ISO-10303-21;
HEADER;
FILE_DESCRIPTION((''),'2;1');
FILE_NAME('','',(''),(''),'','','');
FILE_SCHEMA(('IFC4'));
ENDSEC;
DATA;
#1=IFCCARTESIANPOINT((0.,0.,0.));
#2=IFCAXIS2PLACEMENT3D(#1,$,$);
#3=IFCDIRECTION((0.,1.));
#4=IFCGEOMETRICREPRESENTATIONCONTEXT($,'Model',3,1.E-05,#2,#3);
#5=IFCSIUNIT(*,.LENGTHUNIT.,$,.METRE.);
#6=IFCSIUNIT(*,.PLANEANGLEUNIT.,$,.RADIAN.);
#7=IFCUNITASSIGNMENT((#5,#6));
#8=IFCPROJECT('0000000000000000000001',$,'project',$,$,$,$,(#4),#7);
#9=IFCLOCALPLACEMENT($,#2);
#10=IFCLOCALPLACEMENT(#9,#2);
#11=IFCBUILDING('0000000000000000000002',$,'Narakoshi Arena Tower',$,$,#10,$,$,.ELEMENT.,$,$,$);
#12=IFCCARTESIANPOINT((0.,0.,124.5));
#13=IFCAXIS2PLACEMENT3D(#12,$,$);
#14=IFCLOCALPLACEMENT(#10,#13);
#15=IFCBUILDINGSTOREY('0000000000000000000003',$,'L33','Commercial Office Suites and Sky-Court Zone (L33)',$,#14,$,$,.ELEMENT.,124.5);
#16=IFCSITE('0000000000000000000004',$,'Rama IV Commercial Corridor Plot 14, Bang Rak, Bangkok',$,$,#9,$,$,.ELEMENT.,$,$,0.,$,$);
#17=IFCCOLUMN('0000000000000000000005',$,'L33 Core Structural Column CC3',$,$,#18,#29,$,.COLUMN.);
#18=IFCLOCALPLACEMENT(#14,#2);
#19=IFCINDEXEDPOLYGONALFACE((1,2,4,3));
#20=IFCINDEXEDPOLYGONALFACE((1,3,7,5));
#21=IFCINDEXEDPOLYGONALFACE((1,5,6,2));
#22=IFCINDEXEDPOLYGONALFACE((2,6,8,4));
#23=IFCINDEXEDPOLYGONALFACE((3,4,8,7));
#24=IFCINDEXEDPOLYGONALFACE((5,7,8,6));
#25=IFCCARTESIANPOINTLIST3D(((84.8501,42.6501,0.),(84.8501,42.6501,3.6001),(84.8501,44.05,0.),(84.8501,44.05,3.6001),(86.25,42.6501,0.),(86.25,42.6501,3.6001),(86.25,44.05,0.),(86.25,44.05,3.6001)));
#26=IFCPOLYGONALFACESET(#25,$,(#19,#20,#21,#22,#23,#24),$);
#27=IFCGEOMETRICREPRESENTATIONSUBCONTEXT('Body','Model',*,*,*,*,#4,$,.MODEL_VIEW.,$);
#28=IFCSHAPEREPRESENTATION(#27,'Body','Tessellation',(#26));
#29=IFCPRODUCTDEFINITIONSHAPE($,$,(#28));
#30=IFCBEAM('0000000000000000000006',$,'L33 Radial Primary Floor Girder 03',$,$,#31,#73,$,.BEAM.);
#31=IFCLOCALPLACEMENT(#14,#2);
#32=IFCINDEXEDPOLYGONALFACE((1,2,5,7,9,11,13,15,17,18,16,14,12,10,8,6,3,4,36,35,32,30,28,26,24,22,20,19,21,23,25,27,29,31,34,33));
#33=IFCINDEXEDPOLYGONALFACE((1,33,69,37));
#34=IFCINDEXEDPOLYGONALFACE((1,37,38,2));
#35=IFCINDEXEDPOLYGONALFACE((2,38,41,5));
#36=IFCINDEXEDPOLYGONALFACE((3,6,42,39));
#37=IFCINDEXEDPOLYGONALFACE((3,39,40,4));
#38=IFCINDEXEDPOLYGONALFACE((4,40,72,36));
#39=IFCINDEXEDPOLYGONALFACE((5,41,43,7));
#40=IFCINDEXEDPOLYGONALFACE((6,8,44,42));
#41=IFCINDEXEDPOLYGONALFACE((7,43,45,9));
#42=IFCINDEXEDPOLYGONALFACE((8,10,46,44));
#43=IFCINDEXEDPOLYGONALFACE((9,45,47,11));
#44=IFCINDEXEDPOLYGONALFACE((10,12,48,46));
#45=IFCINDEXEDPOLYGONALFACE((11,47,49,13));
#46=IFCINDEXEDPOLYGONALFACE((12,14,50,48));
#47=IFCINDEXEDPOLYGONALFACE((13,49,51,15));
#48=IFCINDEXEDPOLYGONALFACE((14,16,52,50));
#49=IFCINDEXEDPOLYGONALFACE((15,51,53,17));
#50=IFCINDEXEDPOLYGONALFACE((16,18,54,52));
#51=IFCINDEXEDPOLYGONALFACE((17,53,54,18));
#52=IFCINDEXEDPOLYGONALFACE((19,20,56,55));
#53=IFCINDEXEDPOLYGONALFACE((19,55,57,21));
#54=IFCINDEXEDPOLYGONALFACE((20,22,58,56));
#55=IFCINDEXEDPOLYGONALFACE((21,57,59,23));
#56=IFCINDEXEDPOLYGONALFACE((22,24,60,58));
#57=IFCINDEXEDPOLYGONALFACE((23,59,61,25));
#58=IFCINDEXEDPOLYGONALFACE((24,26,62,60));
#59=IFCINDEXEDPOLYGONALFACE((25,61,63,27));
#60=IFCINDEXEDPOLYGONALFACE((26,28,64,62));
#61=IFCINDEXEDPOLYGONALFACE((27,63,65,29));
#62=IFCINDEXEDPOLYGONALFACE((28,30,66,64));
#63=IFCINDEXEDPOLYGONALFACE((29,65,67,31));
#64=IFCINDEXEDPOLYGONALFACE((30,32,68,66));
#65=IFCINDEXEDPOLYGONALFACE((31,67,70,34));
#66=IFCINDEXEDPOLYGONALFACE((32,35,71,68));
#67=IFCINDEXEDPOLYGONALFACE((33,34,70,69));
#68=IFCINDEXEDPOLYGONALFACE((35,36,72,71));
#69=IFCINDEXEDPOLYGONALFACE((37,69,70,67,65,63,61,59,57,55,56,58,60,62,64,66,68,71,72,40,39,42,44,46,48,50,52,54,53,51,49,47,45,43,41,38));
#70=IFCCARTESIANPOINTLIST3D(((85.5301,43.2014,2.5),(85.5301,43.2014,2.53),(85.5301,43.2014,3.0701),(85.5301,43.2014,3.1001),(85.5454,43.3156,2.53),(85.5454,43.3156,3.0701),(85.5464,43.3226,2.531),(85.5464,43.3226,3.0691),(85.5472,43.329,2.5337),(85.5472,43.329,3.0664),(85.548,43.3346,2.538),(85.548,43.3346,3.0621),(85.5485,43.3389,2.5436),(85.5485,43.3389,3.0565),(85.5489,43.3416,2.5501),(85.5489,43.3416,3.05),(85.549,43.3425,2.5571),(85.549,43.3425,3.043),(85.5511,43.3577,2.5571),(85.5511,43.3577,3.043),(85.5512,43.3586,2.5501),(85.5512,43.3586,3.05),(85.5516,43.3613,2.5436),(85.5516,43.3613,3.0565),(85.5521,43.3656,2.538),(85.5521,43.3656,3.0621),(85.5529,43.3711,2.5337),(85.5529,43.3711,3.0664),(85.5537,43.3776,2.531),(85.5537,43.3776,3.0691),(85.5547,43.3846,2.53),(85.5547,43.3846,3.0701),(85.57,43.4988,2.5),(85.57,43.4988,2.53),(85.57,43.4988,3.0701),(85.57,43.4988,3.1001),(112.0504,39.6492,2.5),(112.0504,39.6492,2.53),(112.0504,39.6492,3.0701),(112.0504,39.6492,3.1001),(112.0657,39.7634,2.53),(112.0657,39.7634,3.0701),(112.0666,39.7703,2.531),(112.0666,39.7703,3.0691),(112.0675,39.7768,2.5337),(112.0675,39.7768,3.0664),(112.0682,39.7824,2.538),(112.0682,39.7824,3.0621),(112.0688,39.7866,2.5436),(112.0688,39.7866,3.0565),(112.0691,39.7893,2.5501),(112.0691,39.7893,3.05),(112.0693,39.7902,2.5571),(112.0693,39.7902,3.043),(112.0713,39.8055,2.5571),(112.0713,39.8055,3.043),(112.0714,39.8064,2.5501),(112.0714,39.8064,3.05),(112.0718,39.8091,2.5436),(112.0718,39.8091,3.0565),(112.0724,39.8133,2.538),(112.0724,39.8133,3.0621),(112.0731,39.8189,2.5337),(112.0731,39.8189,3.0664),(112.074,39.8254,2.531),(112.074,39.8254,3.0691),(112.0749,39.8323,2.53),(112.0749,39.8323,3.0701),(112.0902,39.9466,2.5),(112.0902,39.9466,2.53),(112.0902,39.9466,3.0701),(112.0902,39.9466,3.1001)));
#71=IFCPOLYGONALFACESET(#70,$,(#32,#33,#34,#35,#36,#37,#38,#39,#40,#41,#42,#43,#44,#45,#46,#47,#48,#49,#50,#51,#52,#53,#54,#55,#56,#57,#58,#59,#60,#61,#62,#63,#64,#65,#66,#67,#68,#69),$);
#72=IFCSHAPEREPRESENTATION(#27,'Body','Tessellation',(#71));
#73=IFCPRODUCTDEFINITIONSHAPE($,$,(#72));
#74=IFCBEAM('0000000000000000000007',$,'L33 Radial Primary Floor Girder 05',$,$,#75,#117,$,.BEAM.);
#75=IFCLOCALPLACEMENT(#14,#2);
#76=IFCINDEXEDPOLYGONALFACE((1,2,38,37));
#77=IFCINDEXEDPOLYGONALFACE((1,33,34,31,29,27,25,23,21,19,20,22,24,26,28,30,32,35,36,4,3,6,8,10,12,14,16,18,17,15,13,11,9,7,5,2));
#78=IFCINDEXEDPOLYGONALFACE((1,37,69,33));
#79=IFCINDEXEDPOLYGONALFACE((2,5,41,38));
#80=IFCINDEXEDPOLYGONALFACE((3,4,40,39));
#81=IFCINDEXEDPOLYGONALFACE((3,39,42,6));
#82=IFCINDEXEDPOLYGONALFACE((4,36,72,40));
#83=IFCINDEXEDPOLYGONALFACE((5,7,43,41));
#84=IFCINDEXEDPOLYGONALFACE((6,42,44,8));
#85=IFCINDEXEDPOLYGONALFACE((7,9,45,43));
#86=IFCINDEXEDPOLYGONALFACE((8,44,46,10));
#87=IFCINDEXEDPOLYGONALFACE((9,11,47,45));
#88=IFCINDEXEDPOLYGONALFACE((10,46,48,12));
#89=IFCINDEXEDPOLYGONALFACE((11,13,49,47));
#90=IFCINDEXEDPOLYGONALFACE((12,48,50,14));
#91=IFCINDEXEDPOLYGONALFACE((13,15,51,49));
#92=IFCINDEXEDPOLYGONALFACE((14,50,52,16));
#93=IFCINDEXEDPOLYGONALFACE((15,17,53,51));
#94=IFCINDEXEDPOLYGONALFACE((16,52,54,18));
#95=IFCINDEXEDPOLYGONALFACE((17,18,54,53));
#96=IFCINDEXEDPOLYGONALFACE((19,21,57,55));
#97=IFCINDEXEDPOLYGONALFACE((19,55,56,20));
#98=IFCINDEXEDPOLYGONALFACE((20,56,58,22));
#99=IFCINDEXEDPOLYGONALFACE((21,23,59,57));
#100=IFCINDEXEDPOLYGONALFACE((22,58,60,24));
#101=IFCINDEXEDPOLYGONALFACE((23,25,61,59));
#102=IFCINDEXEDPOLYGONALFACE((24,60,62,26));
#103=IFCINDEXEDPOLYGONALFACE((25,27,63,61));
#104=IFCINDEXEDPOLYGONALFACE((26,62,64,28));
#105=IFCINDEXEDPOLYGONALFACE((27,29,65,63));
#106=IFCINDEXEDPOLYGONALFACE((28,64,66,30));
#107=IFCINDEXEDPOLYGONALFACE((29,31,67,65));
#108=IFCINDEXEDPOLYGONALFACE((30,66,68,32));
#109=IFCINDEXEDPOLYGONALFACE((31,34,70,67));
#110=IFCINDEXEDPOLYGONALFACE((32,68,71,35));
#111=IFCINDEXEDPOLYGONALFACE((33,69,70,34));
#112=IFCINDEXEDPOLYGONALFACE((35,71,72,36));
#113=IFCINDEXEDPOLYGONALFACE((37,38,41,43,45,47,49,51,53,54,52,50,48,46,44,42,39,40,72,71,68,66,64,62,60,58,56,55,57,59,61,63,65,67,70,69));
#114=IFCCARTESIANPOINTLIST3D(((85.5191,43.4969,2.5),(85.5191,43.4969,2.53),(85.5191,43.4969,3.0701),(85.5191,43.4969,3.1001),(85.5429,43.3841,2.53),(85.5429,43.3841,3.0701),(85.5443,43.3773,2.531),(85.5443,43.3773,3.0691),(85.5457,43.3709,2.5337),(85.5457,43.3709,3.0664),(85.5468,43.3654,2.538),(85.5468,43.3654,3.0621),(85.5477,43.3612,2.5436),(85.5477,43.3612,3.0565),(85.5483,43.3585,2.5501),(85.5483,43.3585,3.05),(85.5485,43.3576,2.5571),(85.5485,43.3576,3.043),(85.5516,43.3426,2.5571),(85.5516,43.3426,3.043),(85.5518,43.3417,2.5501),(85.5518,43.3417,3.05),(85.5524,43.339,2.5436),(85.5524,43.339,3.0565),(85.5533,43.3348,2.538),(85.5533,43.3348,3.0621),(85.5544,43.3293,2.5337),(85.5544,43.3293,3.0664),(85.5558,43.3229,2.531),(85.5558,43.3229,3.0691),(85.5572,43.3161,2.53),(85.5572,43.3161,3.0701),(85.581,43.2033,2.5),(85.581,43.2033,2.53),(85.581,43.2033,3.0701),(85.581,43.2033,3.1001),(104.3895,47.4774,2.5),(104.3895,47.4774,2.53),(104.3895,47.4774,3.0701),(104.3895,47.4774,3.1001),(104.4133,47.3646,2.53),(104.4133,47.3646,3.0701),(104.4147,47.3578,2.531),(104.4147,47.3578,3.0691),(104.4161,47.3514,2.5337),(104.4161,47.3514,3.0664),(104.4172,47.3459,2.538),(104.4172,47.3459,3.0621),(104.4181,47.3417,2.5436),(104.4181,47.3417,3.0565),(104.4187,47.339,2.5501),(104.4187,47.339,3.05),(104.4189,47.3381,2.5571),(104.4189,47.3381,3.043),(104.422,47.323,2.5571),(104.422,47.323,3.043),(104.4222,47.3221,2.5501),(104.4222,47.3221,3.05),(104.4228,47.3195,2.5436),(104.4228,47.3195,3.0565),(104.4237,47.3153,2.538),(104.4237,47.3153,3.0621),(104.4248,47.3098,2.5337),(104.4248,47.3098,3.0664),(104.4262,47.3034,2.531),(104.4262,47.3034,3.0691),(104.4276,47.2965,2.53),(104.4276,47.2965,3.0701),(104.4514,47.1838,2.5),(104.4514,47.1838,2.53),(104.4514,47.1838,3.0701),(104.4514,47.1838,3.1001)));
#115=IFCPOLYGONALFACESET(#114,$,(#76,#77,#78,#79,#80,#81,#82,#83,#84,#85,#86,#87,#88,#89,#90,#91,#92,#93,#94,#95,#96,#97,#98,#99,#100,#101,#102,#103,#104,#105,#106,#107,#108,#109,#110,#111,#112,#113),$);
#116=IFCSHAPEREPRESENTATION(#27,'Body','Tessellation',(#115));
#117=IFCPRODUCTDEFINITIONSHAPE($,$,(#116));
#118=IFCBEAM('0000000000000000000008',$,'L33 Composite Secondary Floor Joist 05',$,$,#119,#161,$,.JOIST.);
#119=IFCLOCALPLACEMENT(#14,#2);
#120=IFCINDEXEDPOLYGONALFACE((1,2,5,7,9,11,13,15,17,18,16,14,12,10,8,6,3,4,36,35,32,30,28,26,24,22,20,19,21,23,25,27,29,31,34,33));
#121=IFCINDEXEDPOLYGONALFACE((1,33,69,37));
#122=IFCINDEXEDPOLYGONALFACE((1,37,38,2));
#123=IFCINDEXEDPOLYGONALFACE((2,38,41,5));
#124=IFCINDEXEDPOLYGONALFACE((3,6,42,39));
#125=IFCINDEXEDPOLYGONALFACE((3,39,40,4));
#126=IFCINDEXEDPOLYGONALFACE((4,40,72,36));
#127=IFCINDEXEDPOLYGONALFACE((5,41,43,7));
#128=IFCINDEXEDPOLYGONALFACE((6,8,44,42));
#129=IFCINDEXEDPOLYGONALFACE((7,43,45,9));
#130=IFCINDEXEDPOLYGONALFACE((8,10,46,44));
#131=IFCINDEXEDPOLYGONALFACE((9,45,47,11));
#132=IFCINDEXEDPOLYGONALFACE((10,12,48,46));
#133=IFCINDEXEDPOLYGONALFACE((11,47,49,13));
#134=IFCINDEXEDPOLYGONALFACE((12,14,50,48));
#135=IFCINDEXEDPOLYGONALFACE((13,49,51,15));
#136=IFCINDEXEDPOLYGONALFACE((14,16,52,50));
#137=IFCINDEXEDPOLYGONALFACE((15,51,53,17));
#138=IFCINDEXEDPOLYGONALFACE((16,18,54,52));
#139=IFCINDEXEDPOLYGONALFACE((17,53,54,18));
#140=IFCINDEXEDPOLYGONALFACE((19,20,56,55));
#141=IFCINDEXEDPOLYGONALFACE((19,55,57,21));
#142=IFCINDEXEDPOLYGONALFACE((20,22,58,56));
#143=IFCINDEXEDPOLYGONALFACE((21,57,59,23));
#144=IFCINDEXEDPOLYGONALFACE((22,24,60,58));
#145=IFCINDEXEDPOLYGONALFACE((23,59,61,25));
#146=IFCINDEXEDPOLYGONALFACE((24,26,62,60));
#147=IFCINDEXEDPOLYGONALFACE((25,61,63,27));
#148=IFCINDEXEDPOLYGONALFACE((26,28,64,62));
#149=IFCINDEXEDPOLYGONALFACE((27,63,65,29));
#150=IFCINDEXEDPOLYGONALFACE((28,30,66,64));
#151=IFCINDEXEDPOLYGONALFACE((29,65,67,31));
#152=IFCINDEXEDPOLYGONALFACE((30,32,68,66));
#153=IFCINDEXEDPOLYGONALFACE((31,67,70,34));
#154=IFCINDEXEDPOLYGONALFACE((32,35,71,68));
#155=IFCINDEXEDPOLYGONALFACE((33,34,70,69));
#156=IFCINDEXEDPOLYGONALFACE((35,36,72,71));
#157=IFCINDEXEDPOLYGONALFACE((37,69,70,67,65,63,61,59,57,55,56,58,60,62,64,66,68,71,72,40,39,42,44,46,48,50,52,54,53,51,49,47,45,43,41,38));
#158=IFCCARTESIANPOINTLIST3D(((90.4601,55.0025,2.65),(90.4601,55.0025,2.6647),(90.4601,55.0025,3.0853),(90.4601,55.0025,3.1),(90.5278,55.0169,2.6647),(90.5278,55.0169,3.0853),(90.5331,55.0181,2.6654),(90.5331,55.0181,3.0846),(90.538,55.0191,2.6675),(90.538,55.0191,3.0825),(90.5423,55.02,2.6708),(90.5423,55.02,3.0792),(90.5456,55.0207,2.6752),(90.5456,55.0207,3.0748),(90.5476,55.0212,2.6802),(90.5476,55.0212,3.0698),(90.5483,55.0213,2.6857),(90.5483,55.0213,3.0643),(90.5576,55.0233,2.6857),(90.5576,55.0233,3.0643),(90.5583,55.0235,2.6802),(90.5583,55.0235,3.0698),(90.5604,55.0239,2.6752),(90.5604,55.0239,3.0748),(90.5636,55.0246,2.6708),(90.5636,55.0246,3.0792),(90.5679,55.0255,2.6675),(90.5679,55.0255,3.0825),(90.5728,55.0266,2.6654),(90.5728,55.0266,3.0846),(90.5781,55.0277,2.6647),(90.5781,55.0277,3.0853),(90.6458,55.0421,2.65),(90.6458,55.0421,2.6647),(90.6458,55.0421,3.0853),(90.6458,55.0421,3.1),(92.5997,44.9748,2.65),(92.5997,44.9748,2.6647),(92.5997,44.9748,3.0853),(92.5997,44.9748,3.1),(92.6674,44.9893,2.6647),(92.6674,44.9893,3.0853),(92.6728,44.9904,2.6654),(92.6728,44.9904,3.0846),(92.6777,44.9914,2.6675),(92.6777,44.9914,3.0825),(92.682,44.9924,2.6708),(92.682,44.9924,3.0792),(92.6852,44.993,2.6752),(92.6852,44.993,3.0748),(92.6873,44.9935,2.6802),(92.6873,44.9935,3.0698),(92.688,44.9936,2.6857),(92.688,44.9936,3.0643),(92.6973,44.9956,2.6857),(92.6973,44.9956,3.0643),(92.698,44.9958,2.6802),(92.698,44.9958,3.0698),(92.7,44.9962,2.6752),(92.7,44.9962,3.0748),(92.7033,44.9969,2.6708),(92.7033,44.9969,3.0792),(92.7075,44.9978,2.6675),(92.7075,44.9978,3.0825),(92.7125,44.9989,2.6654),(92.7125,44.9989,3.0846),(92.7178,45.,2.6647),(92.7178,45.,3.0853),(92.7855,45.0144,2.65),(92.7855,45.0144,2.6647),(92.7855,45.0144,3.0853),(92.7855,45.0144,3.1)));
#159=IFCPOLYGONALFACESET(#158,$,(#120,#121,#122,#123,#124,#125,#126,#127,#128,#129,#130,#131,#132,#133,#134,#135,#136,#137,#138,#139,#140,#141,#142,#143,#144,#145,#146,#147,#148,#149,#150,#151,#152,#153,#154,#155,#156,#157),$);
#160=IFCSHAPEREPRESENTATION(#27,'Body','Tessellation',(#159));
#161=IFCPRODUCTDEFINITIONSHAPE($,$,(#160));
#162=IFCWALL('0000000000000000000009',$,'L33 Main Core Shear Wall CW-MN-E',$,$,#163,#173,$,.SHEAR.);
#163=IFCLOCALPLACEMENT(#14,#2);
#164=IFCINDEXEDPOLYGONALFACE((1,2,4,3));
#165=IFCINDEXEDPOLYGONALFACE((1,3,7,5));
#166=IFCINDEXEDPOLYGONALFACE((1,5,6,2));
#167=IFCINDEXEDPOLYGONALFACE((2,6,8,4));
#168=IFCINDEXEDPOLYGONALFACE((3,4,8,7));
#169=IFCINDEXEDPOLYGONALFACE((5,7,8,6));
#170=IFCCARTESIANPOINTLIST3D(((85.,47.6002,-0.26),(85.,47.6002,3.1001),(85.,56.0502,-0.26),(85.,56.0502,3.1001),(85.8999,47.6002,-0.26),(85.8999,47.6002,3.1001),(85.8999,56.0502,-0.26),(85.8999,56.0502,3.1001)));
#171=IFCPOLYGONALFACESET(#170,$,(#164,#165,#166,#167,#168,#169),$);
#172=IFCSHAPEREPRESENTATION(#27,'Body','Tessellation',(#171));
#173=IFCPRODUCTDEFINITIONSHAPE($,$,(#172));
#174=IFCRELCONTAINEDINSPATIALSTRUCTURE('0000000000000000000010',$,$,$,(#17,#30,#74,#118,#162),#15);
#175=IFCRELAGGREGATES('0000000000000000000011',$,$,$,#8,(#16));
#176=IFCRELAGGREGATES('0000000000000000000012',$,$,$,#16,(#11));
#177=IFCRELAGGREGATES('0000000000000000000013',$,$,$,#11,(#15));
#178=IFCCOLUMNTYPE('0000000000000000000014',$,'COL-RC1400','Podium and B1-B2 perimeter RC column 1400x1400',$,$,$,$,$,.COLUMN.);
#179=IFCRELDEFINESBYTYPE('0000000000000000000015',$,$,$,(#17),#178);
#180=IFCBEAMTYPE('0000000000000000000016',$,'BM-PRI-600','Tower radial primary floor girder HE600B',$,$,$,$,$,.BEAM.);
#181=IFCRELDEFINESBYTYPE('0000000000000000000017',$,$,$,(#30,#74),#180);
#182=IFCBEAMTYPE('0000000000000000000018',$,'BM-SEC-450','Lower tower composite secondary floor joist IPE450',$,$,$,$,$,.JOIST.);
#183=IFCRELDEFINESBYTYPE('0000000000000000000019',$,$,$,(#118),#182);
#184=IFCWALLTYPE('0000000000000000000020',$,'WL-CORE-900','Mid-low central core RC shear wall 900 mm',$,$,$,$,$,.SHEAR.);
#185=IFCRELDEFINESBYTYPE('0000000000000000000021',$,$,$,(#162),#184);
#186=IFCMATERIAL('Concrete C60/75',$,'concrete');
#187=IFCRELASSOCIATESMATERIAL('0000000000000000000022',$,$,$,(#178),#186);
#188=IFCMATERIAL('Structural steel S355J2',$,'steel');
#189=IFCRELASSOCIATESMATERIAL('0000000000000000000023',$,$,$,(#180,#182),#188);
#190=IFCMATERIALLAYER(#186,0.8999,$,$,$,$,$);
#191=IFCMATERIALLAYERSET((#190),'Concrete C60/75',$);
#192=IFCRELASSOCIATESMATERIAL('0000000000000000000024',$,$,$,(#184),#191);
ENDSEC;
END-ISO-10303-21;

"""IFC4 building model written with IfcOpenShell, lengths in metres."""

from ifc_helpers import new_model, si_unit, direction, frame, frame_2d, origin, origin_2d, place, context, subcontext, project, spatial, rectangle, i_section, extrude, material, layer, layer_set, material_profile, profile_set, type_object, element, save


model = new_model("IFC4")

# Units and contexts
model_context = context("Model", 3, precision=1e-05, world=origin(), true_north=direction((0.0, 1.0)))
body_context = subcontext(model_context, "Body", "Model", "MODEL_VIEW")
ifc_project = project(units=[si_unit("LENGTHUNIT", "METRE"), si_unit("PLANEANGLEUNIT", "RADIAN")], contexts=[model_context])

# Site, building, storey
site_placement = place(None, origin())
site = spatial("IfcSite", under=ifc_project, at=site_placement, Name="Rama IV Commercial Corridor Plot 14, Bang Rak, Bangkok", CompositionType="ELEMENT", RefElevation=0.0)
building_placement = place(site_placement, origin())
building = spatial("IfcBuilding", under=site, at=building_placement, Name="Narakoshi Arena Tower", CompositionType="ELEMENT")
storey_placement = place(building_placement, frame((0.0, 0.0, 124.5)))
storey = spatial("IfcBuildingStorey", under=building, at=storey_placement, Name="L33", Description="Commercial Office Suites and Sky-Court Zone (L33)", CompositionType="ELEMENT", Elevation=124.5)

# Column
ifc_material_1 = material(Name="Concrete C60/75", Category="concrete")
ifc_material_profile_1 = material_profile(ifc_material_1, rectangle(XDim=1.3999, YDim=1.3999, at=origin_2d()), Name="RC1400x1400")
ifc_profile_set_1 = profile_set([ifc_material_profile_1], Name="Concrete C60/75")
column_type = type_object("IfcColumnType", Name="COL-RC1400", Description="Podium and B1-B2 perimeter RC column 1400x1400", PredefinedType="COLUMN", material=ifc_profile_set_1)
column_placement = place(storey_placement, frame((85.55, 43.3501, 0.0), z_axis=(0.0, 0.0, 1.0), x_axis=(1.0, 0.0, 0.0)))
element("IfcColumn", 1, at=column_placement, inside=storey, type_object=column_type, Name="L33 Core Structural Column CC3", PredefinedType="COLUMN", context=body_context, shape_type="SweptSolid", body=[
    extrude(rectangle(XDim=1.3999, YDim=1.3999, at=origin_2d()), origin(), (0.0, 0.0, 1.0), 3.6001),
])

# Beams
ifc_material_2 = material(Name="Structural steel S355J2", Category="steel")
ifc_material_profile_2 = material_profile(ifc_material_2, i_section(OverallWidth=0.3, OverallDepth=0.6001, WebThickness=0.0154, FlangeThickness=0.03, FilletRadius=0.0271, at=origin_2d()), Name="HE600B")
ifc_profile_set_2 = profile_set([ifc_material_profile_2], Name="Structural steel S355J2")
beam_type_1 = type_object("IfcBeamType", Name="BM-PRI-600", Description="Tower radial primary floor girder HE600B", PredefinedType="BEAM", material=ifc_profile_set_2)
beam_1_placement = place(storey_placement, frame((85.55, 43.3501, 2.8), z_axis=(0.991148, -0.132759, 0.0), x_axis=(0.132759, 0.991148, 0.0)))
element("IfcBeam", 2, at=beam_1_placement, inside=storey, type_object=beam_type_1, Name="L33 Radial Primary Floor Girder 03", PredefinedType="BEAM", context=body_context, shape_type="SweptSolid", body=[
    extrude(i_section(OverallWidth=0.3, OverallDepth=0.6001, WebThickness=0.0154, FlangeThickness=0.03, FilletRadius=0.0271, at=origin_2d()), origin(), (0.0, 0.0, 1.0), 26.7571),
])
beam_2_placement = place(storey_placement, frame((85.55, 43.3501, 2.8), z_axis=(0.978469, 0.206396, 0.0), x_axis=(-0.206396, 0.978469, 0.0)))
element("IfcBeam", 3, at=beam_2_placement, inside=storey, type_object=beam_type_1, Name="L33 Radial Primary Floor Girder 05", PredefinedType="BEAM", context=body_context, shape_type="SweptSolid", body=[
    extrude(i_section(OverallWidth=0.3, OverallDepth=0.6001, WebThickness=0.0154, FlangeThickness=0.03, FilletRadius=0.0271, at=origin_2d()), origin(), (0.0, 0.0, 1.0), 19.2856),
])
ifc_material_profile_3 = material_profile(ifc_material_2, i_section(OverallWidth=0.1899, OverallDepth=0.45, WebThickness=0.0095, FlangeThickness=0.0146, FilletRadius=0.021, at=origin_2d()), Name="IPE450")
ifc_profile_set_3 = profile_set([ifc_material_profile_3], Name="Structural steel S355J2")
beam_type_2 = type_object("IfcBeamType", Name="BM-SEC-450", Description="Lower tower composite secondary floor joist IPE450", PredefinedType="JOIST", material=ifc_profile_set_3)
beam_3_placement = place(storey_placement, frame((92.6926, 44.9946, 2.875), z_axis=(-0.208679, 0.977984, 0.0), x_axis=(-0.977984, -0.208679, 0.0)))
element("IfcBeam", 4, at=beam_3_placement, inside=storey, type_object=beam_type_2, Name="L33 Composite Secondary Floor Joist 05", PredefinedType="JOIST", context=body_context, shape_type="SweptSolid", body=[
    extrude(i_section(OverallWidth=0.1899, OverallDepth=0.45, WebThickness=0.0095, FlangeThickness=0.0146, FilletRadius=0.021, at=origin_2d()), origin(), (0.0, 0.0, 1.0), 10.2534),
])

# Wall
ifc_layer_1 = layer(ifc_material_1, 0.8999)
ifc_layer_set_1 = layer_set([ifc_layer_1], Name="Concrete C60/75")
wall_type_1 = type_object("IfcWallType", Name="WL-CORE-900", Description="Mid-low central core RC shear wall 900 mm", PredefinedType="SHEAR", material=ifc_layer_set_1)
wall_1_placement = place(storey_placement, frame((85.45, 47.6001, -0.26), z_axis=(0.0, 0.0, 1.0), x_axis=(0.0, 1.0, 0.0)))
element("IfcWall", 5, at=wall_1_placement, inside=storey, type_object=wall_type_1, Name="L33 Main Core Shear Wall CW-MN-E", PredefinedType="SHEAR", context=body_context, shape_type="SweptSolid", body=[
    extrude(rectangle(XDim=8.45, YDim=0.8999, at=frame_2d((4.2251, 0.0))), origin(), (0.0, 0.0, 1.0), 3.3601),
])

save(model, "model.ifc")
